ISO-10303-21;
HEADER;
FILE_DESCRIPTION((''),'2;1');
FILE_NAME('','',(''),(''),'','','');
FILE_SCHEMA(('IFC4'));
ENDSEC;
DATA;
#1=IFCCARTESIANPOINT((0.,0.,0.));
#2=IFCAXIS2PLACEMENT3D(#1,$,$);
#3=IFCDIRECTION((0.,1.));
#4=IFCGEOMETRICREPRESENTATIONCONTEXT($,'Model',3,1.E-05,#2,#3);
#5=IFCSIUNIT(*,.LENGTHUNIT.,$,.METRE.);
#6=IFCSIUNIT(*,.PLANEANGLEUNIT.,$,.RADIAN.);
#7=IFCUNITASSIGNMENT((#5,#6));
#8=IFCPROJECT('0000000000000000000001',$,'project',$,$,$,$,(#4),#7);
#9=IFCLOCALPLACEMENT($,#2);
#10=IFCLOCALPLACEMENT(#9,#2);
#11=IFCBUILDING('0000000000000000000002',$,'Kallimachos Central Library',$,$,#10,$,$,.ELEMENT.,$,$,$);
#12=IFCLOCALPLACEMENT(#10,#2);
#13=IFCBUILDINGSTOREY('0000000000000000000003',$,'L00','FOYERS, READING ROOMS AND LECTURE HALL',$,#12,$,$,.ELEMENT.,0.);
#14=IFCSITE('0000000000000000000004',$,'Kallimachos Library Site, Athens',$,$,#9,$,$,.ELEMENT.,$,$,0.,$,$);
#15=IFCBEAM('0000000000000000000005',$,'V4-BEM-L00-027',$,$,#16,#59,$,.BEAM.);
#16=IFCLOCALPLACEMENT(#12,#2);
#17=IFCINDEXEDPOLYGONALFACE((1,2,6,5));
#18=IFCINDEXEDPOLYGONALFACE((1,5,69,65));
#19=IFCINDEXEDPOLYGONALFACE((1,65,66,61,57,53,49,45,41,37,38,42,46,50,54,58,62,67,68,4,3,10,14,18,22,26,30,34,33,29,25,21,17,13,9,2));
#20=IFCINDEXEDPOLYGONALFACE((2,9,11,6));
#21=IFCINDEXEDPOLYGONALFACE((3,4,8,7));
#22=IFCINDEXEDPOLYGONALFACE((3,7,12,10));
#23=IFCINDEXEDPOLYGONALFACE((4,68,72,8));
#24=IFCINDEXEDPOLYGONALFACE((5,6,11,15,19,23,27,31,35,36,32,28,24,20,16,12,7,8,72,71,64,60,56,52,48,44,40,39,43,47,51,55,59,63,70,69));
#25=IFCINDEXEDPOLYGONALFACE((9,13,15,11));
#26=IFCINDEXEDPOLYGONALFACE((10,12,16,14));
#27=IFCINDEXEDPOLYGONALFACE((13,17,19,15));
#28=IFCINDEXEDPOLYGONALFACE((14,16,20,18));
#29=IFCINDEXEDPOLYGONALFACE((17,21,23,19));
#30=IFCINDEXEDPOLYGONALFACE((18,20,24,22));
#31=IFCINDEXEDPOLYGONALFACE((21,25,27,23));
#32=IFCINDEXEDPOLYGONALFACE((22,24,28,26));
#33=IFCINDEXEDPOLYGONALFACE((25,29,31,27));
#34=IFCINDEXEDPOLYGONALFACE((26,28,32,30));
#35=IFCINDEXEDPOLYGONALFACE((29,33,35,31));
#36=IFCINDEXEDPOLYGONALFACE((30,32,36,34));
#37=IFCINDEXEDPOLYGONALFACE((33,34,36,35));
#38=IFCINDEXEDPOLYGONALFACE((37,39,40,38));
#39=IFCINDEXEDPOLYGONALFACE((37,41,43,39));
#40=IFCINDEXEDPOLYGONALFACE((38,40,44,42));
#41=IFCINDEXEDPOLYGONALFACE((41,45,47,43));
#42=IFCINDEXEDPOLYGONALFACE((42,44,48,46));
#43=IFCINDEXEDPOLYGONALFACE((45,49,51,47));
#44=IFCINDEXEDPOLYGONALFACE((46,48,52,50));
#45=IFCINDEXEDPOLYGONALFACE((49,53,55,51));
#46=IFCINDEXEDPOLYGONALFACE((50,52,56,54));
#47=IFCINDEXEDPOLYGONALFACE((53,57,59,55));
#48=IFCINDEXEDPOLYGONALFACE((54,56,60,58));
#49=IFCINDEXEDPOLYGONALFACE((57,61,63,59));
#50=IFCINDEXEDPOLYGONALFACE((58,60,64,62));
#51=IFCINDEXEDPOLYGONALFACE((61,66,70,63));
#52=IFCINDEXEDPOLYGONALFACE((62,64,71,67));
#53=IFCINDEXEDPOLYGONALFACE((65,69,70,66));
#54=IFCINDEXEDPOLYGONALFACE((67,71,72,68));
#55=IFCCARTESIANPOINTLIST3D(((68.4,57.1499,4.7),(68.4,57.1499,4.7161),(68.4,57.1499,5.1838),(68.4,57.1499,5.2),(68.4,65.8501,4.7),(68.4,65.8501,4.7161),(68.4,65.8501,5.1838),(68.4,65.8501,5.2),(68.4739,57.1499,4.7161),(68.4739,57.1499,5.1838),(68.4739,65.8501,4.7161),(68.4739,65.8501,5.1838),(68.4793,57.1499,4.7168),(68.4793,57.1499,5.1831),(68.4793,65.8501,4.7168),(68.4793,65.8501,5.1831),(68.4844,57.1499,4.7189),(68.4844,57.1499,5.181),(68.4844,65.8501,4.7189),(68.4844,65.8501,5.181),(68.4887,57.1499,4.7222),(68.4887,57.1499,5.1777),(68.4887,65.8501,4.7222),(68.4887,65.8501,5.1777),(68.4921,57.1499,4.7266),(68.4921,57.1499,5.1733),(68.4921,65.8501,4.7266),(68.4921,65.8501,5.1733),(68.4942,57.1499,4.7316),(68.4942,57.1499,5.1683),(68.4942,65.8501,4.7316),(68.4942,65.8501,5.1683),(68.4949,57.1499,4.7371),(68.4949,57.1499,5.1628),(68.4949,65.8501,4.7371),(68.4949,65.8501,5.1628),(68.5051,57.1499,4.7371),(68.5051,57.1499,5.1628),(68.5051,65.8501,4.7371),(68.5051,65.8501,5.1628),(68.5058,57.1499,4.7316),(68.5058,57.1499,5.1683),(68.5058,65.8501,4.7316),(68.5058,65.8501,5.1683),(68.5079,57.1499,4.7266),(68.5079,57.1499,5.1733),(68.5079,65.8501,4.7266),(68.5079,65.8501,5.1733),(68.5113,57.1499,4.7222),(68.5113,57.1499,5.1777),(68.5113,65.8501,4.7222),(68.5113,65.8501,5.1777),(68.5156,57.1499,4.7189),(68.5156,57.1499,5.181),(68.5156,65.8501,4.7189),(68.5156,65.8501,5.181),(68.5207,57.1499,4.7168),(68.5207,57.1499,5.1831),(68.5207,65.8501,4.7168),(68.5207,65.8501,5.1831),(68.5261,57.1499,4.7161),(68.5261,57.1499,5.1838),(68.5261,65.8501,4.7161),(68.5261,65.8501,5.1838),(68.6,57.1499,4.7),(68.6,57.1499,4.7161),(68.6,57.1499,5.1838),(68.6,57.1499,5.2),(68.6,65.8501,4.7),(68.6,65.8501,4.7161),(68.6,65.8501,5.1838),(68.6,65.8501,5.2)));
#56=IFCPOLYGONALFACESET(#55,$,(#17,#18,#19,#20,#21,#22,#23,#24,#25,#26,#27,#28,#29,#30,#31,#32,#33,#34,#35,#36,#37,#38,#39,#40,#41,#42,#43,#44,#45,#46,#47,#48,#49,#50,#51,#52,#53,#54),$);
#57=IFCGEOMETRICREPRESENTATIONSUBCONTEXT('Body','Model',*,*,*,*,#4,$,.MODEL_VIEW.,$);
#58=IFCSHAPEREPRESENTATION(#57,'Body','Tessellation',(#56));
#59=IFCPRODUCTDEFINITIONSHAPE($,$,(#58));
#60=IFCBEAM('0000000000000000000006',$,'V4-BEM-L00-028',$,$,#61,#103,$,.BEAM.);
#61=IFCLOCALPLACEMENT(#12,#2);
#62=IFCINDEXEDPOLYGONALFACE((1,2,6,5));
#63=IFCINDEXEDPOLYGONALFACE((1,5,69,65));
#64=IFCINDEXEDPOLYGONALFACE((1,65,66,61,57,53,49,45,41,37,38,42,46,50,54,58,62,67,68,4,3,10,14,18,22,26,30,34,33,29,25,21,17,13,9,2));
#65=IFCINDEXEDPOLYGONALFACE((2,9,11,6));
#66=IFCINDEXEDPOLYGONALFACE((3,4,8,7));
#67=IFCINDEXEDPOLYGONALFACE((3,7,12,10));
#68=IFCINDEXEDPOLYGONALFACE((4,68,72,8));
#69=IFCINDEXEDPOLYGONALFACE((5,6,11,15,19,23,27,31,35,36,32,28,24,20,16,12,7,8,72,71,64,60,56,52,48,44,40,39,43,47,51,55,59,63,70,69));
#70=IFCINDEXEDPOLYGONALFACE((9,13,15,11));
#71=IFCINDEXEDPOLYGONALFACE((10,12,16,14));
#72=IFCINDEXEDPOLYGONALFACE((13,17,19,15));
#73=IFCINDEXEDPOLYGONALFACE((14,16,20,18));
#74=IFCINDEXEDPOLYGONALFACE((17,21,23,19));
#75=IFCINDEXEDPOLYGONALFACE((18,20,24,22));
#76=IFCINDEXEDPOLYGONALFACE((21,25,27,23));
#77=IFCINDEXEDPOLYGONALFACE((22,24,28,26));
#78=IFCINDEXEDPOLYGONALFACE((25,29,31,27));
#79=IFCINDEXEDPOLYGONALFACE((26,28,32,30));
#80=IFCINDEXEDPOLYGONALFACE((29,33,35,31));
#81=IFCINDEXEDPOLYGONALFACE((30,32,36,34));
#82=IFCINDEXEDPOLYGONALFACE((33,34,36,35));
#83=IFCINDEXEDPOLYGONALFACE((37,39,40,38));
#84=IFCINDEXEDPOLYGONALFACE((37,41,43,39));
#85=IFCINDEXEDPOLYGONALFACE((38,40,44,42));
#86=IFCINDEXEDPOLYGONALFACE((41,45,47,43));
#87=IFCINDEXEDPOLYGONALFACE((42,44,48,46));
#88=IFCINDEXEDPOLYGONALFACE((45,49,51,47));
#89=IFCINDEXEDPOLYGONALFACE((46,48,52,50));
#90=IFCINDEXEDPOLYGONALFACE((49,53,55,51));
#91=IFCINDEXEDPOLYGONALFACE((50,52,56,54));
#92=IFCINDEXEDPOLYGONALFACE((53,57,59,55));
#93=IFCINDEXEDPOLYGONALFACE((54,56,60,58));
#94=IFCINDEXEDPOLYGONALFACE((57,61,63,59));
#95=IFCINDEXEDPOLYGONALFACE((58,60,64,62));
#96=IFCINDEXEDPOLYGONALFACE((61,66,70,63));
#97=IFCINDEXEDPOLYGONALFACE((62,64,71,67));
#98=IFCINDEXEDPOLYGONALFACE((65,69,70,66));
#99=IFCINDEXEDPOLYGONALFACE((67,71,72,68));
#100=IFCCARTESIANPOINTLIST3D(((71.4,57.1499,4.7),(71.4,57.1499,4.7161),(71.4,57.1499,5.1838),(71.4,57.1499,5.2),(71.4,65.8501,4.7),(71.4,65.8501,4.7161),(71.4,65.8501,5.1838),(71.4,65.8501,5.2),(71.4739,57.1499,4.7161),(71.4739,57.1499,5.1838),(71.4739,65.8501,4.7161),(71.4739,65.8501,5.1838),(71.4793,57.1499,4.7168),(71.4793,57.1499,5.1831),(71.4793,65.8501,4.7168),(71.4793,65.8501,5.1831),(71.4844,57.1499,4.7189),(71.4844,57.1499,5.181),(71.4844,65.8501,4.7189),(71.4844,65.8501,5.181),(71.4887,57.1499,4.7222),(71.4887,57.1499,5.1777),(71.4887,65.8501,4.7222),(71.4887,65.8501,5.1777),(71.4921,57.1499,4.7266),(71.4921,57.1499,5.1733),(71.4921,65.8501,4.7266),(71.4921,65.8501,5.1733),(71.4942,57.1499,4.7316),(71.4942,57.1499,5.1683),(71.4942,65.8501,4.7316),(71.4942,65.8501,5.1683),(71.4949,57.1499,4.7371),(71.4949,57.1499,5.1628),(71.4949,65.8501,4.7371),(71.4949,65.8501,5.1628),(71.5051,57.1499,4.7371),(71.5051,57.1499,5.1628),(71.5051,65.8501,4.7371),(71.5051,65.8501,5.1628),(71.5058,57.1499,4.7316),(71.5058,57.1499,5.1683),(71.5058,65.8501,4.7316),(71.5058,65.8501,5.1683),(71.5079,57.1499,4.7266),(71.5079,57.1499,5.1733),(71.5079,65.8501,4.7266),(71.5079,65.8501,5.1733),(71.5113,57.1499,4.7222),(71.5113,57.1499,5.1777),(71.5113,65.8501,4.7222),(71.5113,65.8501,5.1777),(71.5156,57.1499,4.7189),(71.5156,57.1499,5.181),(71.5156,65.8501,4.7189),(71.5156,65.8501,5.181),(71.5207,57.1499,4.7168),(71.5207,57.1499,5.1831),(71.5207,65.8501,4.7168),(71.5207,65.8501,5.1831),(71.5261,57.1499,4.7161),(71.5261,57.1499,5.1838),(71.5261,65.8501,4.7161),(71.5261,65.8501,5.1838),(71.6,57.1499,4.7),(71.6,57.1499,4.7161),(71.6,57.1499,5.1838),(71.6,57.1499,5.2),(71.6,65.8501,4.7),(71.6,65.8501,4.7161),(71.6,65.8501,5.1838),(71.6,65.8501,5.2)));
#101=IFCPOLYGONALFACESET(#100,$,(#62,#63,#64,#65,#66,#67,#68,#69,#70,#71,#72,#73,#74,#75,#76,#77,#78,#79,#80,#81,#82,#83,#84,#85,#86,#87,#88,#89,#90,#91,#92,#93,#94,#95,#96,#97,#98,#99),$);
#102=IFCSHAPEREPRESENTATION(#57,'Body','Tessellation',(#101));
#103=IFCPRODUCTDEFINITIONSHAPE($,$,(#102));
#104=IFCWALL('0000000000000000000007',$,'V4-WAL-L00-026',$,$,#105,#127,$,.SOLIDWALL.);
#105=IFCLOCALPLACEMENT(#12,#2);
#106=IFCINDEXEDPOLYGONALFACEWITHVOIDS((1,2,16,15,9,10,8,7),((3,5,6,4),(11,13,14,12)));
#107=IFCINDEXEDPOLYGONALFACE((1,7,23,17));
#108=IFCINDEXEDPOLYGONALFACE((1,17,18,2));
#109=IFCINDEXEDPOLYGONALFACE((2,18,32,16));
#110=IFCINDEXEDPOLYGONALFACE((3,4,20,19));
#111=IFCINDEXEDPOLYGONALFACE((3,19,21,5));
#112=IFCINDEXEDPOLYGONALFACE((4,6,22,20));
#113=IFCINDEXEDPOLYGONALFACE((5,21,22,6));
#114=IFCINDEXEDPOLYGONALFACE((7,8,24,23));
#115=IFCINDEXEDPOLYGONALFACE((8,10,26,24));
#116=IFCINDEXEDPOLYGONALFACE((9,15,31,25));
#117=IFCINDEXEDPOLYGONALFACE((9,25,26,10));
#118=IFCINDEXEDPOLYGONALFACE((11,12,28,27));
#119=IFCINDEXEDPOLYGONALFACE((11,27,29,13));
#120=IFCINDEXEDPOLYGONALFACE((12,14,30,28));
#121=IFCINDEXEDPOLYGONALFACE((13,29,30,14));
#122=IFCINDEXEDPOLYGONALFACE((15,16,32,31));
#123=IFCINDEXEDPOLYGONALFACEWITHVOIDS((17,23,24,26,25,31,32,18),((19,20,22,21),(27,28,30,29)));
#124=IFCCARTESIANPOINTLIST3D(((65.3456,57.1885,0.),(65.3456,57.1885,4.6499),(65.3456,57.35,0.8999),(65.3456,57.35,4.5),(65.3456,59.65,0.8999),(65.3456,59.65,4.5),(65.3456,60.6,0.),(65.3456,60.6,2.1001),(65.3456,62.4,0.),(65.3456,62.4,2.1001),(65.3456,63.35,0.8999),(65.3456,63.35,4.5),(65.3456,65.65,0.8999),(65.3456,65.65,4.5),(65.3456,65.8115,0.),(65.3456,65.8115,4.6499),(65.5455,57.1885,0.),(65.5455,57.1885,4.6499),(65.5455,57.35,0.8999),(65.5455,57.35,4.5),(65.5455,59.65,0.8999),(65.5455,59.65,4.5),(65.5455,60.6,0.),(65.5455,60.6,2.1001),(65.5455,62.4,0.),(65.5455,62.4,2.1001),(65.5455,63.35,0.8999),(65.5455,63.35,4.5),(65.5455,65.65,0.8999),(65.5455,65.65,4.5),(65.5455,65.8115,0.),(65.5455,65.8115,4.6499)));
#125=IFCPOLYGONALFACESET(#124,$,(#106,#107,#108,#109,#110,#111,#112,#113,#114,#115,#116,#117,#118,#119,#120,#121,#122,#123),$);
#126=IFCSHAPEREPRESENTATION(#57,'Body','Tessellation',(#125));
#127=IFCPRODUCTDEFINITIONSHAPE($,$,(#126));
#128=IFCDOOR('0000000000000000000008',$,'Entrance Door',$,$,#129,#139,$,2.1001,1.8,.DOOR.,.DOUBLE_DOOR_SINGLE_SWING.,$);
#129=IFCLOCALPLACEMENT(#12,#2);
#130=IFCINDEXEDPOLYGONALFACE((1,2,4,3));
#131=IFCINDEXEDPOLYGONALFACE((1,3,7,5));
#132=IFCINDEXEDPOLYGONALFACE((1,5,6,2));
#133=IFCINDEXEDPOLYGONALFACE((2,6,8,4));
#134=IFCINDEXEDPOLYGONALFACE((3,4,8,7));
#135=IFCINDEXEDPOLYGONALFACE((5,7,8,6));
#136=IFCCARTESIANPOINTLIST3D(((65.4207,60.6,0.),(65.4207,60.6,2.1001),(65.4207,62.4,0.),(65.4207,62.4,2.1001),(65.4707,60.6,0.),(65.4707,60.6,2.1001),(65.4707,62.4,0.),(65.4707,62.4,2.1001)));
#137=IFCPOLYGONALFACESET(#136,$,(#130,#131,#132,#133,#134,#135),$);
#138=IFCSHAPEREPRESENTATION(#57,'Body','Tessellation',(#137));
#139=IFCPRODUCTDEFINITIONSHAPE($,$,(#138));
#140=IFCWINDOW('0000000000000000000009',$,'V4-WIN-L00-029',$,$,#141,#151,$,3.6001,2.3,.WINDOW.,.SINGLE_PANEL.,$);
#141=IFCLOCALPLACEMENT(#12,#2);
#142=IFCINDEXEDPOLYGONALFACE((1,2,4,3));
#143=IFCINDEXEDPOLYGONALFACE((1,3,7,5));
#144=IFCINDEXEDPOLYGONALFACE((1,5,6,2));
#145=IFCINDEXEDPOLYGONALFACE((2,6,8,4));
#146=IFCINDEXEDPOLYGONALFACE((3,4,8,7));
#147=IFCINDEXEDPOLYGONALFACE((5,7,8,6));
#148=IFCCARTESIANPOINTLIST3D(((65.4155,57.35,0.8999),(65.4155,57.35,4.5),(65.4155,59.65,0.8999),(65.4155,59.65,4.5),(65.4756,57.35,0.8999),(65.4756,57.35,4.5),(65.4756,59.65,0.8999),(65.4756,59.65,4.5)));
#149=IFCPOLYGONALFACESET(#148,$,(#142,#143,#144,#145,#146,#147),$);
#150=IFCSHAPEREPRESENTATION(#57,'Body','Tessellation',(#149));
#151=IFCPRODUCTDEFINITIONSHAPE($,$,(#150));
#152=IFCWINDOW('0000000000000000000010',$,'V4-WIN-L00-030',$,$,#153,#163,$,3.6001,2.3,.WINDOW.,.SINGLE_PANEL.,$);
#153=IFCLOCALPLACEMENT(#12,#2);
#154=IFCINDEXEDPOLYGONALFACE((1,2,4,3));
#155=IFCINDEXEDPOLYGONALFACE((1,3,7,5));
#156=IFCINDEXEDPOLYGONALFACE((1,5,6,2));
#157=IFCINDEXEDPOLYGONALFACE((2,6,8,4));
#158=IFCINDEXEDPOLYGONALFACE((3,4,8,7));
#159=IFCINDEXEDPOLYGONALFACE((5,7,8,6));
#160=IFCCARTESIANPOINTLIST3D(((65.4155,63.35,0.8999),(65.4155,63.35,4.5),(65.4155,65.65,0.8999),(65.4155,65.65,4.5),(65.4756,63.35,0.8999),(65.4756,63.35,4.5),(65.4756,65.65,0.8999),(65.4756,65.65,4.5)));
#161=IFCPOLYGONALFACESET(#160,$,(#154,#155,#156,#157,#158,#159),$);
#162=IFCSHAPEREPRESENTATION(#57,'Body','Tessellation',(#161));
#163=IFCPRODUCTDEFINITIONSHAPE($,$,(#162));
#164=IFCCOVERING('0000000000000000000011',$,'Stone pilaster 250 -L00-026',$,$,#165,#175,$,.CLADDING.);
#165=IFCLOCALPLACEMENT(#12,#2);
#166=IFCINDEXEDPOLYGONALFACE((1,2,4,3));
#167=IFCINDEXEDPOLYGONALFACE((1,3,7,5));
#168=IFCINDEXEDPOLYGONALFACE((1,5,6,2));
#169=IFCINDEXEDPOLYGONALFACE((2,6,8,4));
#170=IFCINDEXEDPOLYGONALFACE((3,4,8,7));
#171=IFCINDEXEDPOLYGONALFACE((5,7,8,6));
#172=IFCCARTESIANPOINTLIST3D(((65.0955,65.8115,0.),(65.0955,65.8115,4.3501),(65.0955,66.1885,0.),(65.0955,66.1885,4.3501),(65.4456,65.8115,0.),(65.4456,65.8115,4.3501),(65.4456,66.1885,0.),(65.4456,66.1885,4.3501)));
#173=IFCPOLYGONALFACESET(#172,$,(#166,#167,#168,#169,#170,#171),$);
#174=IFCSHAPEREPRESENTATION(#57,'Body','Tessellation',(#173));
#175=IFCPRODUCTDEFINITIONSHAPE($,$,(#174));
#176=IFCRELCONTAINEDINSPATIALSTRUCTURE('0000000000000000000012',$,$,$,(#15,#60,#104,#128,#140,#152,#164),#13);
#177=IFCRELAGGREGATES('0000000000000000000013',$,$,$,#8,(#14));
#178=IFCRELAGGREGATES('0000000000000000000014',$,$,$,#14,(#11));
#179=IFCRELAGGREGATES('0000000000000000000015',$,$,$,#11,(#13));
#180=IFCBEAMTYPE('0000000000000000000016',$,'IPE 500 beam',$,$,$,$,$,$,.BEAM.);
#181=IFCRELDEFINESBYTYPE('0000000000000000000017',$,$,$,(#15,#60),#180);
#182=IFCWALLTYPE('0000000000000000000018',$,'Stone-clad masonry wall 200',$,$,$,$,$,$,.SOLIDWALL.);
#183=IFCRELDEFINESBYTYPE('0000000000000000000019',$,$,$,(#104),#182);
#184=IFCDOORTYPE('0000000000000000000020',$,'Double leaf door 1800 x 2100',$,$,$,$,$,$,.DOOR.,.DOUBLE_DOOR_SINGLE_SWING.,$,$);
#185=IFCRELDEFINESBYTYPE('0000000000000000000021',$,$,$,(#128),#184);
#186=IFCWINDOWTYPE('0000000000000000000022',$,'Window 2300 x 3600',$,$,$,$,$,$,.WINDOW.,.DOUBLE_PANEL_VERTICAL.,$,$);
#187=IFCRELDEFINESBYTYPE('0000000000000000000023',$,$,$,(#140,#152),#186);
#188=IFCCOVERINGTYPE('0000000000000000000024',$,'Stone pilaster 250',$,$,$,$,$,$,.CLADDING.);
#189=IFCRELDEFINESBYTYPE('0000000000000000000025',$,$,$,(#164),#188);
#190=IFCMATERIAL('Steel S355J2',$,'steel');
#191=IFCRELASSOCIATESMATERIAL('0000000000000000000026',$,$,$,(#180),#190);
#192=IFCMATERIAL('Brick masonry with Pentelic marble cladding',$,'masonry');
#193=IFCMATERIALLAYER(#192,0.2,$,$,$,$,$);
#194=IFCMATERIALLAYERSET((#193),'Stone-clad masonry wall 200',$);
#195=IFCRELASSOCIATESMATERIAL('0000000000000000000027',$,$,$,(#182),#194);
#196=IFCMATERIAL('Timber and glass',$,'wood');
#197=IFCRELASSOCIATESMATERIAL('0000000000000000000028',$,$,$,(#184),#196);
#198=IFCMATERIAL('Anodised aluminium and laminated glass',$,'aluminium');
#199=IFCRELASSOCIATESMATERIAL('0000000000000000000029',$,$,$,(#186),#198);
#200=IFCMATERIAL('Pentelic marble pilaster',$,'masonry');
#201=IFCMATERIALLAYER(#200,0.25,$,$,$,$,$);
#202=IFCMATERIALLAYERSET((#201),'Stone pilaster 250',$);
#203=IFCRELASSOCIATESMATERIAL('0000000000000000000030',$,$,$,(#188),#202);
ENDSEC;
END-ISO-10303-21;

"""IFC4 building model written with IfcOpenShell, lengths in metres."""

from ifc_helpers import new_model, si_unit, direction, frame, frame_2d, origin, origin_2d, place, context, subcontext, project, spatial, rectangle, i_section, extrude, material, layer, layer_set, material_profile, profile_set, type_object, element, fill, save


model = new_model("IFC4")

# Units and contexts
model_context = context("Model", 3, precision=1e-05, world=origin(), true_north=direction((0.0, 1.0)))
body_context = subcontext(model_context, "Body", "Model", "MODEL_VIEW")
ifc_project = project(units=[si_unit("LENGTHUNIT", "METRE"), si_unit("PLANEANGLEUNIT", "RADIAN")], contexts=[model_context])

# Site, building, storey
site_placement = place(None, origin())
site = spatial("IfcSite", under=ifc_project, at=site_placement, Name="Kallimachos Library Site, Athens", CompositionType="ELEMENT", RefElevation=0.0)
building_placement = place(site_placement, origin())
building = spatial("IfcBuilding", under=site, at=building_placement, Name="Kallimachos Central Library", CompositionType="ELEMENT")
storey_placement = place(building_placement, origin())
storey = spatial("IfcBuildingStorey", under=building, at=storey_placement, Name="L00", Description="FOYERS, READING ROOMS AND LECTURE HALL", CompositionType="ELEMENT", Elevation=0.0)

# Beams
ifc_material_1 = material(Name="Steel S355J2", Category="steel")
ifc_material_profile_1 = material_profile(ifc_material_1, i_section(OverallWidth=0.2, OverallDepth=0.5, WebThickness=0.0103, FlangeThickness=0.0161, FilletRadius=0.021, at=origin_2d()), Name="IPE 500")
ifc_profile_set_1 = profile_set([ifc_material_profile_1], Name="Steel S355J2")
beam_type_1 = type_object("IfcBeamType", Name="IPE 500 beam", PredefinedType="BEAM", material=ifc_profile_set_1)
for number, where, z_axis, x_axis, name in (
    (1, (68.5, 57.1499, 4.95), (0.0, 1.0, 0.0), (-1.0, 0.0, 0.0), "V4-BEM-L00-027"),
    (2, (71.5, 57.1499, 4.95), (0.0, 1.0, 0.0), (-1.0, 0.0, 0.0), "V4-BEM-L00-028"),
):
    element("IfcBeam", number, at=place(storey_placement, frame(where, z_axis=z_axis, x_axis=x_axis)), inside=storey, type_object=beam_type_1, Name=name, PredefinedType="BEAM", context=body_context, shape_type="SweptSolid", body=[
        extrude(i_section(OverallWidth=0.2, OverallDepth=0.5, WebThickness=0.0103, FlangeThickness=0.0161, FilletRadius=0.021, at=origin_2d()), origin(), (0.0, 0.0, 1.0), 8.7002),
    ])

# Wall, openings, door, windows
ifc_material_2 = material(Name="Brick masonry with Pentelic marble cladding", Category="masonry")
ifc_layer_1 = layer(ifc_material_2, 0.2)
ifc_layer_set_1 = layer_set([ifc_layer_1], Name="Stone-clad masonry wall 200")
wall_type = type_object("IfcWallType", Name="Stone-clad masonry wall 200", PredefinedType="SOLIDWALL", material=ifc_layer_set_1)
wall_placement = place(storey_placement, frame((65.4456, 57.1885, 0.0), z_axis=(0.0, 0.0, 1.0), x_axis=(0.0, 1.0, 0.0)))
wall = element("IfcWall", 3, at=wall_placement, inside=storey, type_object=wall_type, Name="V4-WAL-L00-026", PredefinedType="SOLIDWALL", context=body_context, shape_type="SweptSolid", body=[
    extrude(rectangle(XDim=8.623, YDim=0.2, at=frame_2d((4.3115, 0.0))), origin(), (0.0, 0.0, 1.0), 4.6499),
])
opening_1_placement = place(wall_placement, frame((3.4116, 0.0, 0.0)))
opening_1 = element("IfcOpeningElement", 4, at=opening_1_placement, cuts=wall, PredefinedType="OPENING", context=body_context, shape_type="SweptSolid", body=[
    extrude(rectangle(XDim=1.8, YDim=2.1001, at=frame_2d((0.8999, 1.05))), frame((0.0, 0.1099, 0.0), z_axis=(0.0, -1.0, 0.0), x_axis=(1.0, 0.0, 0.0)), (0.0, 0.0, 1.0), 0.22),
])
opening_2_placement = place(wall_placement, frame((0.1616, 0.0, 0.8999)))
opening_2 = element("IfcOpeningElement", 5, at=opening_2_placement, cuts=wall, PredefinedType="OPENING", context=body_context, shape_type="SweptSolid", body=[
    extrude(rectangle(XDim=2.3, YDim=3.6001, at=frame_2d((1.1499, 1.8))), frame((0.0, 0.1099, 0.0), z_axis=(0.0, -1.0, 0.0), x_axis=(1.0, 0.0, 0.0)), (0.0, 0.0, 1.0), 0.22),
])
opening_3_placement = place(wall_placement, frame((6.1616, 0.0, 0.8999)))
opening_3 = element("IfcOpeningElement", 6, at=opening_3_placement, cuts=wall, PredefinedType="OPENING", context=body_context, shape_type="SweptSolid", body=[
    extrude(rectangle(XDim=2.3, YDim=3.6001, at=frame_2d((1.1499, 1.8))), frame((0.0, 0.1099, 0.0), z_axis=(0.0, -1.0, 0.0), x_axis=(1.0, 0.0, 0.0)), (0.0, 0.0, 1.0), 0.22),
])
ifc_material_3 = material(Name="Timber and glass", Category="wood")
door_type = type_object("IfcDoorType", Name="Double leaf door 1800 x 2100", OperationType="DOUBLE_DOOR_SINGLE_SWING", PredefinedType="DOOR", material=ifc_material_3)
door_placement = place(opening_1_placement, origin())
door = element("IfcDoor", 7, at=door_placement, inside=storey, type_object=door_type, Name="Entrance Door", OperationType="DOUBLE_DOOR_SINGLE_SWING", OverallHeight=2.1001, OverallWidth=1.8, PredefinedType="DOOR", context=body_context, shape_type="SweptSolid", body=[
    extrude(rectangle(XDim=1.8, YDim=2.1001, at=frame_2d((0.8999, 1.05))), frame((0.0, 0.0249, 0.0), z_axis=(0.0, -1.0, 0.0), x_axis=(1.0, 0.0, 0.0)), (0.0, 0.0, 1.0), 0.05),
])
fill(opening_1, door)
ifc_material_4 = material(Name="Anodised aluminium and laminated glass", Category="aluminium")
window_type = type_object("IfcWindowType", Name="Window 2300 x 3600", PartitioningType="DOUBLE_PANEL_VERTICAL", PredefinedType="WINDOW", material=ifc_material_4)
window_1_placement = place(opening_2_placement, origin())
window_1 = element("IfcWindow", 8, at=window_1_placement, inside=storey, type_object=window_type, Name="V4-WIN-L00-029", OverallHeight=3.6001, OverallWidth=2.3, PartitioningType="SINGLE_PANEL", PredefinedType="WINDOW", context=body_context, shape_type="SweptSolid", body=[
    extrude(rectangle(XDim=2.3, YDim=3.6001, at=frame_2d((1.1499, 1.8))), frame((0.0, 0.03, 0.0), z_axis=(0.0, -1.0, 0.0), x_axis=(1.0, 0.0, 0.0)), (0.0, 0.0, 1.0), 0.0601),
])
fill(opening_2, window_1)
window_2_placement = place(opening_3_placement, origin())
window_2 = element("IfcWindow", 9, at=window_2_placement, inside=storey, type_object=window_type, Name="V4-WIN-L00-030", OverallHeight=3.6001, OverallWidth=2.3, PartitioningType="SINGLE_PANEL", PredefinedType="WINDOW", context=body_context, shape_type="SweptSolid", body=[
    extrude(rectangle(XDim=2.3, YDim=3.6001, at=frame_2d((1.1499, 1.8))), frame((0.0, 0.03, 0.0), z_axis=(0.0, -1.0, 0.0), x_axis=(1.0, 0.0, 0.0)), (0.0, 0.0, 1.0), 0.0601),
])
fill(opening_3, window_2)

# Covering
ifc_material_5 = material(Name="Pentelic marble pilaster", Category="masonry")
ifc_layer_2 = layer(ifc_material_5, 0.25)
ifc_layer_set_2 = layer_set([ifc_layer_2], Name="Stone pilaster 250")
covering_type_1 = type_object("IfcCoveringType", Name="Stone pilaster 250", PredefinedType="CLADDING", material=ifc_layer_set_2)
covering_1_placement = place(storey_placement, frame((65.2705, 66.0, 0.0), z_axis=(0.0, 0.0, 1.0), x_axis=(1.0, 0.0, 0.0)))
element("IfcCovering", 10, at=covering_1_placement, inside=storey, type_object=covering_type_1, Name="Stone pilaster 250 -L00-026", PredefinedType="CLADDING", context=body_context, shape_type="SweptSolid", body=[
    extrude(rectangle(XDim=0.3501, YDim=0.377, at=origin_2d()), origin(), (0.0, 0.0, 1.0), 4.3501),
])

save(model, "model.ifc")
